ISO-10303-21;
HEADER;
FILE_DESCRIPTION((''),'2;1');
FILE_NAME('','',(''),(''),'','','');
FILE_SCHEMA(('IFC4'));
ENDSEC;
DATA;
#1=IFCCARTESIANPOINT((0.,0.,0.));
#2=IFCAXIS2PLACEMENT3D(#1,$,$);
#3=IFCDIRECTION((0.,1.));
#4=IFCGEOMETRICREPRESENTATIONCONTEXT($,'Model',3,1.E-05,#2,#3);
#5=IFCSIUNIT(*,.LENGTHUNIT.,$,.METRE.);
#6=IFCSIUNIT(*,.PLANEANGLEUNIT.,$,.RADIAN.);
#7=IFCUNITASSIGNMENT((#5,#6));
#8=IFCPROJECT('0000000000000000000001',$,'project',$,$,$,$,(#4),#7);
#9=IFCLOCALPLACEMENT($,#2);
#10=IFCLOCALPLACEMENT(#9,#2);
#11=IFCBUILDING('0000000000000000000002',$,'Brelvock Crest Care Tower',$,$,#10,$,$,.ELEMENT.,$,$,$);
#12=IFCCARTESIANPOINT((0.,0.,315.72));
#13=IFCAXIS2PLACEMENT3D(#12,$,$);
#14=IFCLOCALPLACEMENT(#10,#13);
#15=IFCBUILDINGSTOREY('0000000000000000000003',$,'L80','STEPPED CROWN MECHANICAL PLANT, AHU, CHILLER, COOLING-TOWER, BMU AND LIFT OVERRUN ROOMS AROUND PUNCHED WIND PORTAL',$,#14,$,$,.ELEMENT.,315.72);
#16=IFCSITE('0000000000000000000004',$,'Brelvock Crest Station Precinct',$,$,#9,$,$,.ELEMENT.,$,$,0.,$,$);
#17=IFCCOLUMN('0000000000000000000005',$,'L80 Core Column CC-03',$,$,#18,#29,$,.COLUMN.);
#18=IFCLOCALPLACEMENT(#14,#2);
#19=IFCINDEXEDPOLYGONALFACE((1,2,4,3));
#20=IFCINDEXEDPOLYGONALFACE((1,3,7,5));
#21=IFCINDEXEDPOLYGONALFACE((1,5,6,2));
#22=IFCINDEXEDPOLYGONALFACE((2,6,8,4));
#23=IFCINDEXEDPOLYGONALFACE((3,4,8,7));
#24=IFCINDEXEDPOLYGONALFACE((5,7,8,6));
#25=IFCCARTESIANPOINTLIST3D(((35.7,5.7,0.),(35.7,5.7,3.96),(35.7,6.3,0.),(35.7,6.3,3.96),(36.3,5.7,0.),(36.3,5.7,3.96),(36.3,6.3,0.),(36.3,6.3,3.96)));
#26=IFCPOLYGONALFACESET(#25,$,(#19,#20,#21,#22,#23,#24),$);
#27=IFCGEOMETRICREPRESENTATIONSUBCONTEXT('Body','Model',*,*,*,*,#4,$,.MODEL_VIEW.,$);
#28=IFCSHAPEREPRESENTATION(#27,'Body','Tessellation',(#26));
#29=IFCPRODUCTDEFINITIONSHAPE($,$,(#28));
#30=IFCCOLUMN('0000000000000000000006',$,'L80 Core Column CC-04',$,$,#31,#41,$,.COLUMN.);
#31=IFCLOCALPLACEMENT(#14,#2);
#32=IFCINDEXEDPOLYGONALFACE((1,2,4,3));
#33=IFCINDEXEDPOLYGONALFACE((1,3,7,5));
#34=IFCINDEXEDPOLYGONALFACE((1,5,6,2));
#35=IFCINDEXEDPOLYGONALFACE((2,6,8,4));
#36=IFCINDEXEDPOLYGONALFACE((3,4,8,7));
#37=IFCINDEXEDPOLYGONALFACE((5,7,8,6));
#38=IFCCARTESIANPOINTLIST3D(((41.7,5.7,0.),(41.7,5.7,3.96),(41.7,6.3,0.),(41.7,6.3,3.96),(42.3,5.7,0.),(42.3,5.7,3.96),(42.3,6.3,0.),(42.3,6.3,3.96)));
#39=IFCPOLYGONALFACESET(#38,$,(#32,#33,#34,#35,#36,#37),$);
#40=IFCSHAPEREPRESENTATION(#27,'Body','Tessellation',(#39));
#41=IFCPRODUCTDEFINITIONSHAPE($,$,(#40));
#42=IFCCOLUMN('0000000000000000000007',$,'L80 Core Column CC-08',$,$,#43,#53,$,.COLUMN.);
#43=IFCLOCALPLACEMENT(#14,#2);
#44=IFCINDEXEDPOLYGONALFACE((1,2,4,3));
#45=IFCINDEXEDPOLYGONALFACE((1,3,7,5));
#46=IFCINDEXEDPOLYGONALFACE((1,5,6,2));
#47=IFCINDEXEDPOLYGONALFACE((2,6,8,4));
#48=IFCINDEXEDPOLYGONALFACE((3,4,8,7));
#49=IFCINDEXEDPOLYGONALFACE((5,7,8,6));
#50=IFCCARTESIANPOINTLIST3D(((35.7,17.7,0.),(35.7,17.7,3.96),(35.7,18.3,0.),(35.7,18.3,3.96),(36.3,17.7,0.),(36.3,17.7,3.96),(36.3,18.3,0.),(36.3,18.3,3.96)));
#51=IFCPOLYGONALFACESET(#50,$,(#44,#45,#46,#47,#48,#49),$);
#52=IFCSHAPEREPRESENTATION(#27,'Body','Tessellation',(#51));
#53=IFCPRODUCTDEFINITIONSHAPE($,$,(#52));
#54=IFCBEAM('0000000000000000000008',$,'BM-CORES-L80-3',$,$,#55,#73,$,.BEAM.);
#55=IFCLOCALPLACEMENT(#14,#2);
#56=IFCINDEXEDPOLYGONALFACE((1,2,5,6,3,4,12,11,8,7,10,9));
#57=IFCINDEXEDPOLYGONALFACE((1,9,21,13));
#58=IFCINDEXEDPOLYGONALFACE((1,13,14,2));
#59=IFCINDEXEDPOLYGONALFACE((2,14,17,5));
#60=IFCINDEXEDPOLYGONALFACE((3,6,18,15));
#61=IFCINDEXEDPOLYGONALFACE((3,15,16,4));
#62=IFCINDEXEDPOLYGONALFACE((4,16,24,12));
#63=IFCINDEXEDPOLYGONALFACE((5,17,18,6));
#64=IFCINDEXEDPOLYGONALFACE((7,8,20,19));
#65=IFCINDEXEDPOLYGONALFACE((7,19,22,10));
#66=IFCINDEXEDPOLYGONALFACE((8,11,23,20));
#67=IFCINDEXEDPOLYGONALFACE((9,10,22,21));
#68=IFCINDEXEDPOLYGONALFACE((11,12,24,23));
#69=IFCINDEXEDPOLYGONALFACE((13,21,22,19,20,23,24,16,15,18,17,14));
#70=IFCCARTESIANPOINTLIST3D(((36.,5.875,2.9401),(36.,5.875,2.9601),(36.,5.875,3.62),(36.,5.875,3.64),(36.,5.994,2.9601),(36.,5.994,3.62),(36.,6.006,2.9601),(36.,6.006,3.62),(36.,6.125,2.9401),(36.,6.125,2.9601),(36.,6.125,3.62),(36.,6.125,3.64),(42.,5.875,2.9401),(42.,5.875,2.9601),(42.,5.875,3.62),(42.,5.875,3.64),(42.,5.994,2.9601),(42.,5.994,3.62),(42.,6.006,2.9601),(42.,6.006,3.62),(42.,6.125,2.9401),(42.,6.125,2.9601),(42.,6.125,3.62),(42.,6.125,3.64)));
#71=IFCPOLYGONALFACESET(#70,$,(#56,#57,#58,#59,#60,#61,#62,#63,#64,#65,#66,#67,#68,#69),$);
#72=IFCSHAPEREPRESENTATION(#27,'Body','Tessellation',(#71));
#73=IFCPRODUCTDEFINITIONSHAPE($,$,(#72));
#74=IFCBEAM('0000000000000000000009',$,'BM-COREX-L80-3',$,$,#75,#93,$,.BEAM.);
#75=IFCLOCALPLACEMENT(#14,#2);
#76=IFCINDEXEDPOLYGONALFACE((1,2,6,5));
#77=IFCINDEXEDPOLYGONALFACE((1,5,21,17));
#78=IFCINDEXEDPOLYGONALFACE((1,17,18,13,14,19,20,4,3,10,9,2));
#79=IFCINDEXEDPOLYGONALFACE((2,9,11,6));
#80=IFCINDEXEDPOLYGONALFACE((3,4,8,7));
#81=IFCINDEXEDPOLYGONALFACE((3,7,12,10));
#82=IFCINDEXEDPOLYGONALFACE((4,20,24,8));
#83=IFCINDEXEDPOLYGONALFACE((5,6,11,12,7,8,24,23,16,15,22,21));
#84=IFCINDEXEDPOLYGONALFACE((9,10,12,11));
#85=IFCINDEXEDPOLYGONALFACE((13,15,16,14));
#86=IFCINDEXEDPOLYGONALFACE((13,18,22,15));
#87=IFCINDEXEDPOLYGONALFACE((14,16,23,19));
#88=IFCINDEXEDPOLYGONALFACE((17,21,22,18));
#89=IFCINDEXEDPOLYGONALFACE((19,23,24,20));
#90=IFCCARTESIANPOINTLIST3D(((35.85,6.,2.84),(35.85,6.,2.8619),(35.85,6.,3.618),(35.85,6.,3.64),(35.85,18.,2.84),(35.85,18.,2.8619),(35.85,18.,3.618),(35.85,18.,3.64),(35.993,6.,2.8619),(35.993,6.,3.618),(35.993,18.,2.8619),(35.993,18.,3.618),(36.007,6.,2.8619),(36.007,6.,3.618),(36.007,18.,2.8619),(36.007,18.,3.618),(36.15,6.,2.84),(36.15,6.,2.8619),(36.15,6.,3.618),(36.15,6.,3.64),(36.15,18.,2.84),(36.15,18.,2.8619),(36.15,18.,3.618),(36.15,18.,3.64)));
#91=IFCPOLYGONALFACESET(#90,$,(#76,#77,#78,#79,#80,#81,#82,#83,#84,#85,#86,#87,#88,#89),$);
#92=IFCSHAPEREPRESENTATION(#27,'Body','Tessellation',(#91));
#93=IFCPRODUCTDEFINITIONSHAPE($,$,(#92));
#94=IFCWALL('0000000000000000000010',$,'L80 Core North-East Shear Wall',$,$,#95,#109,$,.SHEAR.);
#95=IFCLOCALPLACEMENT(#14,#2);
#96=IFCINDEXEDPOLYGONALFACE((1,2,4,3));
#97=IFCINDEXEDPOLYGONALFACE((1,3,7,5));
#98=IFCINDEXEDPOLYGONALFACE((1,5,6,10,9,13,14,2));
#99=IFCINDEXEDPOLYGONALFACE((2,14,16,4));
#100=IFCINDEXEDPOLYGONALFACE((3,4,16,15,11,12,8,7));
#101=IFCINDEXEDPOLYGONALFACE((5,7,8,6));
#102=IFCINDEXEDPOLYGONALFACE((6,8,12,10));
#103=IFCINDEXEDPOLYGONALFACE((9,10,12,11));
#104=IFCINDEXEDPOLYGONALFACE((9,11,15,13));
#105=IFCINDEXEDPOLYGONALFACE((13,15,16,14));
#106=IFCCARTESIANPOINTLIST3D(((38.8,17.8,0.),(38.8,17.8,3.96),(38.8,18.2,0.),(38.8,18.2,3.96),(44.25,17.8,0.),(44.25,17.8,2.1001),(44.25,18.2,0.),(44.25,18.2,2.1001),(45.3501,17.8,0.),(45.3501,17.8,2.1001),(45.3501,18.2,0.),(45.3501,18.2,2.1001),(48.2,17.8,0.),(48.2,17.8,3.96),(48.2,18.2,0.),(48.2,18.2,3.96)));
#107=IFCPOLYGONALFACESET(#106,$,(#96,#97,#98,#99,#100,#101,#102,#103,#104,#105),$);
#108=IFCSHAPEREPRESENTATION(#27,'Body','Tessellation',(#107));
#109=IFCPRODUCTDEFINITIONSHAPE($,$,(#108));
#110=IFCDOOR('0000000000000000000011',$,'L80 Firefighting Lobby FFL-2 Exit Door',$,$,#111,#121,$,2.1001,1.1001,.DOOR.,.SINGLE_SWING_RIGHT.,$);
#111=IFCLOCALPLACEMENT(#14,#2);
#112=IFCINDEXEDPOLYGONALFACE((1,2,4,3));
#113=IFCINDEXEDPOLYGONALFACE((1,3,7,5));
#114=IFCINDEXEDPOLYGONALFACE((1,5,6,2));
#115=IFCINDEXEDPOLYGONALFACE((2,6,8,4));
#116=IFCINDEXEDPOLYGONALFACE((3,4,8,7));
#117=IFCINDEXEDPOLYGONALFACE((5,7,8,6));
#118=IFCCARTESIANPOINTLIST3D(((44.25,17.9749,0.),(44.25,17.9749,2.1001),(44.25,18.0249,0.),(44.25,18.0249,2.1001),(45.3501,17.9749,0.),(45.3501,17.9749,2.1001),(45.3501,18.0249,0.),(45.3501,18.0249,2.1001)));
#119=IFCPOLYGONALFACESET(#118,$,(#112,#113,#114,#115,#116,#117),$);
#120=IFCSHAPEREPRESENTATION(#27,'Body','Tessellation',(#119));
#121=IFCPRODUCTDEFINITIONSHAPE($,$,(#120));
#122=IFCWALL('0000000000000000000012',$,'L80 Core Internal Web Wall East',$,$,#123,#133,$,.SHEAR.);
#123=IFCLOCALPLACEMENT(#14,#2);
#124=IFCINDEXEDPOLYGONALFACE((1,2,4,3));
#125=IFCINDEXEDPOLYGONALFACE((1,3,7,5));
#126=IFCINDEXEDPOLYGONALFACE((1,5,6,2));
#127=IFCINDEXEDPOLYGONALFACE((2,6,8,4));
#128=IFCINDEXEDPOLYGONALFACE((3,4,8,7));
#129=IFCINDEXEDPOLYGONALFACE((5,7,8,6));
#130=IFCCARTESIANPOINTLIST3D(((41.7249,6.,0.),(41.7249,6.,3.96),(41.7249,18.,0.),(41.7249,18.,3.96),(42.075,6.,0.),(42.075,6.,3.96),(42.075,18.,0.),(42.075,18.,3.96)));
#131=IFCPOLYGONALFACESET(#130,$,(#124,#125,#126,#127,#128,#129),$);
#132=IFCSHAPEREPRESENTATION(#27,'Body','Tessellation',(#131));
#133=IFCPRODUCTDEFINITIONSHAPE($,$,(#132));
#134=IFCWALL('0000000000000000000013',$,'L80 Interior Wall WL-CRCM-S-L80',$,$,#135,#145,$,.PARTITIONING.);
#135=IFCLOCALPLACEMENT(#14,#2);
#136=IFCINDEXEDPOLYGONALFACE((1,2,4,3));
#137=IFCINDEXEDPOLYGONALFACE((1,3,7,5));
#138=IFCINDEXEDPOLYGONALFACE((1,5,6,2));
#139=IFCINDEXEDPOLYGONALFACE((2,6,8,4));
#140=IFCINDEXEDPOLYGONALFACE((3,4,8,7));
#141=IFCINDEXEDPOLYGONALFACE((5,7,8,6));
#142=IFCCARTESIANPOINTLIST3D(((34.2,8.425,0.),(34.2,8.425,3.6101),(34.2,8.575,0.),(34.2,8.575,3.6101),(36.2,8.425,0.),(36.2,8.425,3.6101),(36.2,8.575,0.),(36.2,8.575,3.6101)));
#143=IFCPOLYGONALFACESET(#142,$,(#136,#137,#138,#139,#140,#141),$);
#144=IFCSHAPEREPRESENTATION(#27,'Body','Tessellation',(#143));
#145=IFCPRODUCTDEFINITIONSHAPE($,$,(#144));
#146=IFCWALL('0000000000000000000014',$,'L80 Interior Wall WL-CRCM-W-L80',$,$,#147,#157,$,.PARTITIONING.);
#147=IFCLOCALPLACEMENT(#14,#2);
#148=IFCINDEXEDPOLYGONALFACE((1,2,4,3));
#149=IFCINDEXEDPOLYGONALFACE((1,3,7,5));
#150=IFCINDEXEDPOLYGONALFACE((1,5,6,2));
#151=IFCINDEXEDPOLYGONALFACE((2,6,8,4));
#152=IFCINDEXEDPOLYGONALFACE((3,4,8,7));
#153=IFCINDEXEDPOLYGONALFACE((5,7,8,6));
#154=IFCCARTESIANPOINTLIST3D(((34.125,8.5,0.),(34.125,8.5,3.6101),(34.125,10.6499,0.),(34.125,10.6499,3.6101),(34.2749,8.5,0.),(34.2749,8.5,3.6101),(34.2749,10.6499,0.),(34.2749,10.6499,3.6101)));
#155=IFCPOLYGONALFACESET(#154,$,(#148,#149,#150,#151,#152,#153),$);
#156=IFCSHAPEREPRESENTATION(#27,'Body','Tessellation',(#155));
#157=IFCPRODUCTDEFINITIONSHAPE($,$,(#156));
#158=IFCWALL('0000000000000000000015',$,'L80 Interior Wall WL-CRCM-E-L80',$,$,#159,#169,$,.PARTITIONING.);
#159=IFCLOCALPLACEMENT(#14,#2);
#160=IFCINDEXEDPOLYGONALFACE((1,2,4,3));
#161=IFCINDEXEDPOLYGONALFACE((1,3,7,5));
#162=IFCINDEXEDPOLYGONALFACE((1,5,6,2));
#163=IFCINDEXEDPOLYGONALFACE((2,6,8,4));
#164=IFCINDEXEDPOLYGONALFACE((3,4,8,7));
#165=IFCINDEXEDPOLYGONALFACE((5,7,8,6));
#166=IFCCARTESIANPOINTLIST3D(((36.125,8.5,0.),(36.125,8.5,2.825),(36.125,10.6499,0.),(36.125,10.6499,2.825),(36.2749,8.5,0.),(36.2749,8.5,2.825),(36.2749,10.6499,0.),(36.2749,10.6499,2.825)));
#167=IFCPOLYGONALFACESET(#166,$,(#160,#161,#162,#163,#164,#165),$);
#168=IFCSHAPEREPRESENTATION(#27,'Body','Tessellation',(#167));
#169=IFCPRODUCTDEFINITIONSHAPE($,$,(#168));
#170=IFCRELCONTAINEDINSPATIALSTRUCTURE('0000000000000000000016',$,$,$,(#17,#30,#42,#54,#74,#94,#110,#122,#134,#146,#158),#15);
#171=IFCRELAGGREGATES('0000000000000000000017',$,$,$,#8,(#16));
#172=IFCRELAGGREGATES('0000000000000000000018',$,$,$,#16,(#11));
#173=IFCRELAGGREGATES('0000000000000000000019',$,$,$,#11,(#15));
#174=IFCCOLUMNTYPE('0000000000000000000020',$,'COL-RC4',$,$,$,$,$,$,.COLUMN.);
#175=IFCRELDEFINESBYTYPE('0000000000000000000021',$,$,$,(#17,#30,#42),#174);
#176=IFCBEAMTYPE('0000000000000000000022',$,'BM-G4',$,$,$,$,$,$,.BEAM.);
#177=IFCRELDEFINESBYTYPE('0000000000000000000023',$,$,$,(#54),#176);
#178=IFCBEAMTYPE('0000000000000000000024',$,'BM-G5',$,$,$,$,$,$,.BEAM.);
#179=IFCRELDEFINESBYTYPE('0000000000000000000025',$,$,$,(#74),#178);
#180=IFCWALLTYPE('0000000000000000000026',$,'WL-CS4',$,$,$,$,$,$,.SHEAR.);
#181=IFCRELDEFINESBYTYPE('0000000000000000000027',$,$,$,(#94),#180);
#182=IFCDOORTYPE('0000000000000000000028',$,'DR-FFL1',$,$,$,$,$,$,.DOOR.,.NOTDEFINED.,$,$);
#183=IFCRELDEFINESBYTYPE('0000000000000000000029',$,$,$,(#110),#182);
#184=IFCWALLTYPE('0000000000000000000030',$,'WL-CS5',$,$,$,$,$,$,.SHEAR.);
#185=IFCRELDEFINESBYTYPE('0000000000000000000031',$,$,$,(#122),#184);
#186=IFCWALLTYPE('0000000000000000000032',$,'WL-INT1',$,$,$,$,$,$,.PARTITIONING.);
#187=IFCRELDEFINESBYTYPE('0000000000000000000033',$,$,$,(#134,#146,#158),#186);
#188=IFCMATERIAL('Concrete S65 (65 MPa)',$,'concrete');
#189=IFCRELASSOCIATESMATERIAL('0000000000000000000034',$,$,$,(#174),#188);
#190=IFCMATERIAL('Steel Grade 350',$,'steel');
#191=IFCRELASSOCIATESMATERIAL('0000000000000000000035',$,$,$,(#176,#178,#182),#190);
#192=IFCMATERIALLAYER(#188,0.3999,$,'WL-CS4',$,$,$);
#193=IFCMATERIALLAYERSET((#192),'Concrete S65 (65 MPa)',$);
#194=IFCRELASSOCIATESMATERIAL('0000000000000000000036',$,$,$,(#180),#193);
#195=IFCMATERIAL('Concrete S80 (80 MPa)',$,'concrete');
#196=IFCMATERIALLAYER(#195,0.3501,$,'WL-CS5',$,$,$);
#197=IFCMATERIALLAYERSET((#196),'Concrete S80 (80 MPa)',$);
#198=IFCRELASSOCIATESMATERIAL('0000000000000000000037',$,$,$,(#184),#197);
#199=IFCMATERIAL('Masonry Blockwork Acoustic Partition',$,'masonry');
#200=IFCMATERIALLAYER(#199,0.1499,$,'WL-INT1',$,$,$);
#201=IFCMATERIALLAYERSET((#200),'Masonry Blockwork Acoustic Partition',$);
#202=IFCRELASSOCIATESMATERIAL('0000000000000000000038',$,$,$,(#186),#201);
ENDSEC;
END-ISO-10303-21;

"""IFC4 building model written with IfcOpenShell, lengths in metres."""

from ifc_helpers import new_model, si_unit, direction, frame, frame_2d, origin, origin_2d, place, context, subcontext, project, spatial, rectangle, i_section, extrude, source, transform, mapped, material, layer, layer_set, material_profile, profile_set, type_object, element, fill, save


model = new_model("IFC4")

# Units and contexts
model_context = context("Model", 3, precision=1e-05, world=origin(), true_north=direction((0.0, 1.0)))
body_context = subcontext(model_context, "Body", "Model", "MODEL_VIEW")
ifc_project = project(units=[si_unit("LENGTHUNIT", "METRE"), si_unit("PLANEANGLEUNIT", "RADIAN")], contexts=[model_context])

# Site, building, storey
site_placement = place(None, origin())
site = spatial("IfcSite", under=ifc_project, at=site_placement, Name="Brelvock Crest Station Precinct", CompositionType="ELEMENT", RefElevation=0.0)
building_placement = place(site_placement, origin())
building = spatial("IfcBuilding", under=site, at=building_placement, Name="Brelvock Crest Care Tower", CompositionType="ELEMENT")
storey_placement = place(building_placement, frame((0.0, 0.0, 315.72)))
storey = spatial("IfcBuildingStorey", under=building, at=storey_placement, Name="L80", Description="STEPPED CROWN MECHANICAL PLANT, AHU, CHILLER, COOLING-TOWER, BMU AND LIFT OVERRUN ROOMS AROUND PUNCHED WIND PORTAL", CompositionType="ELEMENT", Elevation=315.72)

# Columns
ifc_material_1 = material(Name="Concrete S65 (65 MPa)", Category="concrete")
ifc_material_profile_1 = material_profile(ifc_material_1, rectangle(XDim=0.6001, YDim=0.6001, at=origin_2d()), Name="RC600x600")
ifc_profile_set_1 = profile_set([ifc_material_profile_1], Name="Concrete S65 (65 MPa)")
column_type = type_object("IfcColumnType", Name="COL-RC4", PredefinedType="COLUMN", material=ifc_profile_set_1)
shared_shape_1 = source(origin(), body_context, "Body", "SweptSolid", [
    extrude(rectangle(XDim=0.6001, YDim=0.6001, at=origin_2d()), origin(), (0.0, 0.0, 1.0), 3.96),
])
for number, where, z_axis, x_axis, name in (
    (1, (36.0, 6.0, 0.0), (0.0, 0.0, 1.0), (1.0, 0.0, 0.0), "L80 Core Column CC-03"),
    (2, (42.0, 6.0, 0.0), (0.0, 0.0, 1.0), (1.0, 0.0, 0.0), "L80 Core Column CC-04"),
    (3, (36.0, 18.0, 0.0), (0.0, 0.0, 1.0), (1.0, 0.0, 0.0), "L80 Core Column CC-08"),
):
    element("IfcColumn", number, at=place(storey_placement, frame(where, z_axis=z_axis, x_axis=x_axis)), inside=storey, type_object=column_type, Name=name, PredefinedType="COLUMN", context=body_context, shape_type="MappedRepresentation", body=[
        mapped(shared_shape_1, transform((0.0, 0.0, 0.0), x_axis=(1.0, 0.0, 0.0), y_axis=(0.0, 1.0, 0.0), z_axis=(0.0, 0.0, 1.0), scale=1.0)),
    ])

# Beams
ifc_material_2 = material(Name="Steel Grade 350", Category="steel")
ifc_material_profile_2 = material_profile(ifc_material_2, i_section(OverallWidth=0.25, OverallDepth=0.7, WebThickness=0.012, FlangeThickness=0.02, at=origin_2d()), Name="700WB150")
ifc_profile_set_2 = profile_set([ifc_material_profile_2], Name="Steel Grade 350")
beam_type_1 = type_object("IfcBeamType", Name="BM-G4", PredefinedType="BEAM", material=ifc_profile_set_2)
shared_shape_2 = source(origin(), body_context, "Body", "SweptSolid", [
    extrude(i_section(OverallWidth=0.25, OverallDepth=0.7, WebThickness=0.012, FlangeThickness=0.02, at=origin_2d()), origin(), (0.0, 0.0, 1.0), 6.0),
])
beam_1_placement = place(storey_placement, frame((36.0, 6.0, 3.29), z_axis=(1.0, 0.0, 0.0), x_axis=(0.0, 1.0, 0.0)))
element("IfcBeam", 4, at=beam_1_placement, inside=storey, type_object=beam_type_1, Name="BM-CORES-L80-3", PredefinedType="BEAM", context=body_context, shape_type="MappedRepresentation", body=[
    mapped(shared_shape_2, transform((0.0, 0.0, 0.0), x_axis=(1.0, 0.0, 0.0), y_axis=(0.0, 1.0, 0.0), z_axis=(0.0, 0.0, 1.0), scale=1.0)),
])
ifc_material_profile_3 = material_profile(ifc_material_2, i_section(OverallWidth=0.3, OverallDepth=0.8, WebThickness=0.0139, FlangeThickness=0.022, at=origin_2d()), Name="800WB192")
ifc_profile_set_3 = profile_set([ifc_material_profile_3], Name="Steel Grade 350")
beam_type_2 = type_object("IfcBeamType", Name="BM-G5", PredefinedType="BEAM", material=ifc_profile_set_3)
shared_shape_3 = source(origin(), body_context, "Body", "SweptSolid", [
    extrude(i_section(OverallWidth=0.3, OverallDepth=0.8, WebThickness=0.0139, FlangeThickness=0.022, at=origin_2d()), origin(), (0.0, 0.0, 1.0), 12.0),
])
beam_2_placement = place(storey_placement, frame((36.0, 6.0, 3.24), z_axis=(0.0, 1.0, 0.0), x_axis=(-1.0, 0.0, 0.0)))
element("IfcBeam", 5, at=beam_2_placement, inside=storey, type_object=beam_type_2, Name="BM-COREX-L80-3", PredefinedType="BEAM", context=body_context, shape_type="MappedRepresentation", body=[
    mapped(shared_shape_3, transform((0.0, 0.0, 0.0), x_axis=(1.0, 0.0, 0.0), y_axis=(0.0, 1.0, 0.0), z_axis=(0.0, 0.0, 1.0), scale=1.0)),
])

# Wall, opening, door
ifc_layer_1 = layer(ifc_material_1, 0.3999, Name="WL-CS4")
ifc_layer_set_1 = layer_set([ifc_layer_1], Name="Concrete S65 (65 MPa)")
wall_type_1 = type_object("IfcWallType", Name="WL-CS4", PredefinedType="SHEAR", material=ifc_layer_set_1)
wall_1_placement = place(storey_placement, frame((38.8, 18.0, 0.0), z_axis=(0.0, 0.0, 1.0), x_axis=(1.0, 0.0, 0.0)))
wall_1 = element("IfcWall", 6, at=wall_1_placement, inside=storey, type_object=wall_type_1, Name="L80 Core North-East Shear Wall", PredefinedType="SHEAR", context=body_context, shape_type="SweptSolid", body=[
    extrude(rectangle(XDim=9.3999, YDim=0.3999, at=frame_2d((4.7, 0.0))), origin(), (0.0, 0.0, 1.0), 3.96),
])
opening_1_placement = place(wall_1_placement, frame((5.45, 0.0, 0.0)))
opening_1 = element("IfcOpeningElement", 7, at=opening_1_placement, cuts=wall_1, PredefinedType="OPENING", context=body_context, shape_type="SweptSolid", body=[
    extrude(rectangle(XDim=1.1001, YDim=2.1001, at=origin_2d()), frame((0.55, 0.21, 1.05), z_axis=(0.0, -1.0, 0.0), x_axis=(1.0, 0.0, 0.0)), (0.0, 0.0, 1.0), 0.4199),
])
door_type_1 = type_object("IfcDoorType", Name="DR-FFL1", OperationType="NOTDEFINED", PredefinedType="DOOR", material=ifc_material_2)
shared_shape_4 = source(origin(), body_context, "Body", "SweptSolid", [
    extrude(rectangle(XDim=1.1001, YDim=2.1001, at=origin_2d()), frame((0.55, 0.0249, 1.05), z_axis=(0.0, -1.0, 0.0), x_axis=(1.0, 0.0, 0.0)), (0.0, 0.0, 1.0), 0.05),
])
door_1_placement = place(opening_1_placement, origin())
door_1 = element("IfcDoor", 8, at=door_1_placement, inside=storey, type_object=door_type_1, Name="L80 Firefighting Lobby FFL-2 Exit Door", OperationType="SINGLE_SWING_RIGHT", OverallHeight=2.1001, OverallWidth=1.1001, PredefinedType="DOOR", context=body_context, shape_type="MappedRepresentation", body=[
    mapped(shared_shape_4, transform((0.0, 0.0, 0.0), x_axis=(1.0, 0.0, 0.0), y_axis=(0.0, 1.0, 0.0), z_axis=(0.0, 0.0, 1.0), scale=1.0)),
])
fill(opening_1, door_1)

# Walls
ifc_material_3 = material(Name="Concrete S80 (80 MPa)", Category="concrete")
ifc_layer_2 = layer(ifc_material_3, 0.3501, Name="WL-CS5")
ifc_layer_set_2 = layer_set([ifc_layer_2], Name="Concrete S80 (80 MPa)")
wall_type_2 = type_object("IfcWallType", Name="WL-CS5", PredefinedType="SHEAR", material=ifc_layer_set_2)
wall_2_placement = place(storey_placement, frame((41.8999, 18.0, 0.0), z_axis=(0.0, 0.0, 1.0), x_axis=(0.0, -1.0, 0.0)))
element("IfcWall", 9, at=wall_2_placement, inside=storey, type_object=wall_type_2, Name="L80 Core Internal Web Wall East", PredefinedType="SHEAR", context=body_context, shape_type="SweptSolid", body=[
    extrude(rectangle(XDim=12.0, YDim=0.3501, at=frame_2d((6.0, 0.0))), origin(), (0.0, 0.0, 1.0), 3.96),
])
ifc_material_4 = material(Name="Masonry Blockwork Acoustic Partition", Category="masonry")
ifc_layer_3 = layer(ifc_material_4, 0.1499, Name="WL-INT1")
ifc_layer_set_3 = layer_set([ifc_layer_3], Name="Masonry Blockwork Acoustic Partition")
wall_type_3 = type_object("IfcWallType", Name="WL-INT1", PredefinedType="PARTITIONING", material=ifc_layer_set_3)
wall_3_placement = place(storey_placement, frame((34.2, 8.5, 0.0), z_axis=(0.0, 0.0, 1.0), x_axis=(1.0, 0.0, 0.0)))
element("IfcWall", 10, at=wall_3_placement, inside=storey, type_object=wall_type_3, Name="L80 Interior Wall WL-CRCM-S-L80", PredefinedType="PARTITIONING", context=body_context, shape_type="SweptSolid", body=[
    extrude(rectangle(XDim=2.0, YDim=0.1499, at=frame_2d((1.0, 0.0))), origin(), (0.0, 0.0, 1.0), 3.6101),
])
wall_4_placement = place(storey_placement, frame((34.2, 8.5, 0.0), z_axis=(0.0, 0.0, 1.0), x_axis=(0.0, 1.0, 0.0)))
element("IfcWall", 11, at=wall_4_placement, inside=storey, type_object=wall_type_3, Name="L80 Interior Wall WL-CRCM-W-L80", PredefinedType="PARTITIONING", context=body_context, shape_type="SweptSolid", body=[
    extrude(rectangle(XDim=2.1499, YDim=0.1499, at=frame_2d((1.075, 0.0))), origin(), (0.0, 0.0, 1.0), 3.6101),
])
wall_5_placement = place(storey_placement, frame((36.2, 8.5, 0.0), z_axis=(0.0, 0.0, 1.0), x_axis=(0.0, 1.0, 0.0)))
element("IfcWall", 12, at=wall_5_placement, inside=storey, type_object=wall_type_3, Name="L80 Interior Wall WL-CRCM-E-L80", PredefinedType="PARTITIONING", context=body_context, shape_type="SweptSolid", body=[
    extrude(rectangle(XDim=2.1499, YDim=0.1499, at=frame_2d((1.075, 0.0))), origin(), (0.0, 0.0, 1.0), 2.825),
])

save(model, "model.ifc")
